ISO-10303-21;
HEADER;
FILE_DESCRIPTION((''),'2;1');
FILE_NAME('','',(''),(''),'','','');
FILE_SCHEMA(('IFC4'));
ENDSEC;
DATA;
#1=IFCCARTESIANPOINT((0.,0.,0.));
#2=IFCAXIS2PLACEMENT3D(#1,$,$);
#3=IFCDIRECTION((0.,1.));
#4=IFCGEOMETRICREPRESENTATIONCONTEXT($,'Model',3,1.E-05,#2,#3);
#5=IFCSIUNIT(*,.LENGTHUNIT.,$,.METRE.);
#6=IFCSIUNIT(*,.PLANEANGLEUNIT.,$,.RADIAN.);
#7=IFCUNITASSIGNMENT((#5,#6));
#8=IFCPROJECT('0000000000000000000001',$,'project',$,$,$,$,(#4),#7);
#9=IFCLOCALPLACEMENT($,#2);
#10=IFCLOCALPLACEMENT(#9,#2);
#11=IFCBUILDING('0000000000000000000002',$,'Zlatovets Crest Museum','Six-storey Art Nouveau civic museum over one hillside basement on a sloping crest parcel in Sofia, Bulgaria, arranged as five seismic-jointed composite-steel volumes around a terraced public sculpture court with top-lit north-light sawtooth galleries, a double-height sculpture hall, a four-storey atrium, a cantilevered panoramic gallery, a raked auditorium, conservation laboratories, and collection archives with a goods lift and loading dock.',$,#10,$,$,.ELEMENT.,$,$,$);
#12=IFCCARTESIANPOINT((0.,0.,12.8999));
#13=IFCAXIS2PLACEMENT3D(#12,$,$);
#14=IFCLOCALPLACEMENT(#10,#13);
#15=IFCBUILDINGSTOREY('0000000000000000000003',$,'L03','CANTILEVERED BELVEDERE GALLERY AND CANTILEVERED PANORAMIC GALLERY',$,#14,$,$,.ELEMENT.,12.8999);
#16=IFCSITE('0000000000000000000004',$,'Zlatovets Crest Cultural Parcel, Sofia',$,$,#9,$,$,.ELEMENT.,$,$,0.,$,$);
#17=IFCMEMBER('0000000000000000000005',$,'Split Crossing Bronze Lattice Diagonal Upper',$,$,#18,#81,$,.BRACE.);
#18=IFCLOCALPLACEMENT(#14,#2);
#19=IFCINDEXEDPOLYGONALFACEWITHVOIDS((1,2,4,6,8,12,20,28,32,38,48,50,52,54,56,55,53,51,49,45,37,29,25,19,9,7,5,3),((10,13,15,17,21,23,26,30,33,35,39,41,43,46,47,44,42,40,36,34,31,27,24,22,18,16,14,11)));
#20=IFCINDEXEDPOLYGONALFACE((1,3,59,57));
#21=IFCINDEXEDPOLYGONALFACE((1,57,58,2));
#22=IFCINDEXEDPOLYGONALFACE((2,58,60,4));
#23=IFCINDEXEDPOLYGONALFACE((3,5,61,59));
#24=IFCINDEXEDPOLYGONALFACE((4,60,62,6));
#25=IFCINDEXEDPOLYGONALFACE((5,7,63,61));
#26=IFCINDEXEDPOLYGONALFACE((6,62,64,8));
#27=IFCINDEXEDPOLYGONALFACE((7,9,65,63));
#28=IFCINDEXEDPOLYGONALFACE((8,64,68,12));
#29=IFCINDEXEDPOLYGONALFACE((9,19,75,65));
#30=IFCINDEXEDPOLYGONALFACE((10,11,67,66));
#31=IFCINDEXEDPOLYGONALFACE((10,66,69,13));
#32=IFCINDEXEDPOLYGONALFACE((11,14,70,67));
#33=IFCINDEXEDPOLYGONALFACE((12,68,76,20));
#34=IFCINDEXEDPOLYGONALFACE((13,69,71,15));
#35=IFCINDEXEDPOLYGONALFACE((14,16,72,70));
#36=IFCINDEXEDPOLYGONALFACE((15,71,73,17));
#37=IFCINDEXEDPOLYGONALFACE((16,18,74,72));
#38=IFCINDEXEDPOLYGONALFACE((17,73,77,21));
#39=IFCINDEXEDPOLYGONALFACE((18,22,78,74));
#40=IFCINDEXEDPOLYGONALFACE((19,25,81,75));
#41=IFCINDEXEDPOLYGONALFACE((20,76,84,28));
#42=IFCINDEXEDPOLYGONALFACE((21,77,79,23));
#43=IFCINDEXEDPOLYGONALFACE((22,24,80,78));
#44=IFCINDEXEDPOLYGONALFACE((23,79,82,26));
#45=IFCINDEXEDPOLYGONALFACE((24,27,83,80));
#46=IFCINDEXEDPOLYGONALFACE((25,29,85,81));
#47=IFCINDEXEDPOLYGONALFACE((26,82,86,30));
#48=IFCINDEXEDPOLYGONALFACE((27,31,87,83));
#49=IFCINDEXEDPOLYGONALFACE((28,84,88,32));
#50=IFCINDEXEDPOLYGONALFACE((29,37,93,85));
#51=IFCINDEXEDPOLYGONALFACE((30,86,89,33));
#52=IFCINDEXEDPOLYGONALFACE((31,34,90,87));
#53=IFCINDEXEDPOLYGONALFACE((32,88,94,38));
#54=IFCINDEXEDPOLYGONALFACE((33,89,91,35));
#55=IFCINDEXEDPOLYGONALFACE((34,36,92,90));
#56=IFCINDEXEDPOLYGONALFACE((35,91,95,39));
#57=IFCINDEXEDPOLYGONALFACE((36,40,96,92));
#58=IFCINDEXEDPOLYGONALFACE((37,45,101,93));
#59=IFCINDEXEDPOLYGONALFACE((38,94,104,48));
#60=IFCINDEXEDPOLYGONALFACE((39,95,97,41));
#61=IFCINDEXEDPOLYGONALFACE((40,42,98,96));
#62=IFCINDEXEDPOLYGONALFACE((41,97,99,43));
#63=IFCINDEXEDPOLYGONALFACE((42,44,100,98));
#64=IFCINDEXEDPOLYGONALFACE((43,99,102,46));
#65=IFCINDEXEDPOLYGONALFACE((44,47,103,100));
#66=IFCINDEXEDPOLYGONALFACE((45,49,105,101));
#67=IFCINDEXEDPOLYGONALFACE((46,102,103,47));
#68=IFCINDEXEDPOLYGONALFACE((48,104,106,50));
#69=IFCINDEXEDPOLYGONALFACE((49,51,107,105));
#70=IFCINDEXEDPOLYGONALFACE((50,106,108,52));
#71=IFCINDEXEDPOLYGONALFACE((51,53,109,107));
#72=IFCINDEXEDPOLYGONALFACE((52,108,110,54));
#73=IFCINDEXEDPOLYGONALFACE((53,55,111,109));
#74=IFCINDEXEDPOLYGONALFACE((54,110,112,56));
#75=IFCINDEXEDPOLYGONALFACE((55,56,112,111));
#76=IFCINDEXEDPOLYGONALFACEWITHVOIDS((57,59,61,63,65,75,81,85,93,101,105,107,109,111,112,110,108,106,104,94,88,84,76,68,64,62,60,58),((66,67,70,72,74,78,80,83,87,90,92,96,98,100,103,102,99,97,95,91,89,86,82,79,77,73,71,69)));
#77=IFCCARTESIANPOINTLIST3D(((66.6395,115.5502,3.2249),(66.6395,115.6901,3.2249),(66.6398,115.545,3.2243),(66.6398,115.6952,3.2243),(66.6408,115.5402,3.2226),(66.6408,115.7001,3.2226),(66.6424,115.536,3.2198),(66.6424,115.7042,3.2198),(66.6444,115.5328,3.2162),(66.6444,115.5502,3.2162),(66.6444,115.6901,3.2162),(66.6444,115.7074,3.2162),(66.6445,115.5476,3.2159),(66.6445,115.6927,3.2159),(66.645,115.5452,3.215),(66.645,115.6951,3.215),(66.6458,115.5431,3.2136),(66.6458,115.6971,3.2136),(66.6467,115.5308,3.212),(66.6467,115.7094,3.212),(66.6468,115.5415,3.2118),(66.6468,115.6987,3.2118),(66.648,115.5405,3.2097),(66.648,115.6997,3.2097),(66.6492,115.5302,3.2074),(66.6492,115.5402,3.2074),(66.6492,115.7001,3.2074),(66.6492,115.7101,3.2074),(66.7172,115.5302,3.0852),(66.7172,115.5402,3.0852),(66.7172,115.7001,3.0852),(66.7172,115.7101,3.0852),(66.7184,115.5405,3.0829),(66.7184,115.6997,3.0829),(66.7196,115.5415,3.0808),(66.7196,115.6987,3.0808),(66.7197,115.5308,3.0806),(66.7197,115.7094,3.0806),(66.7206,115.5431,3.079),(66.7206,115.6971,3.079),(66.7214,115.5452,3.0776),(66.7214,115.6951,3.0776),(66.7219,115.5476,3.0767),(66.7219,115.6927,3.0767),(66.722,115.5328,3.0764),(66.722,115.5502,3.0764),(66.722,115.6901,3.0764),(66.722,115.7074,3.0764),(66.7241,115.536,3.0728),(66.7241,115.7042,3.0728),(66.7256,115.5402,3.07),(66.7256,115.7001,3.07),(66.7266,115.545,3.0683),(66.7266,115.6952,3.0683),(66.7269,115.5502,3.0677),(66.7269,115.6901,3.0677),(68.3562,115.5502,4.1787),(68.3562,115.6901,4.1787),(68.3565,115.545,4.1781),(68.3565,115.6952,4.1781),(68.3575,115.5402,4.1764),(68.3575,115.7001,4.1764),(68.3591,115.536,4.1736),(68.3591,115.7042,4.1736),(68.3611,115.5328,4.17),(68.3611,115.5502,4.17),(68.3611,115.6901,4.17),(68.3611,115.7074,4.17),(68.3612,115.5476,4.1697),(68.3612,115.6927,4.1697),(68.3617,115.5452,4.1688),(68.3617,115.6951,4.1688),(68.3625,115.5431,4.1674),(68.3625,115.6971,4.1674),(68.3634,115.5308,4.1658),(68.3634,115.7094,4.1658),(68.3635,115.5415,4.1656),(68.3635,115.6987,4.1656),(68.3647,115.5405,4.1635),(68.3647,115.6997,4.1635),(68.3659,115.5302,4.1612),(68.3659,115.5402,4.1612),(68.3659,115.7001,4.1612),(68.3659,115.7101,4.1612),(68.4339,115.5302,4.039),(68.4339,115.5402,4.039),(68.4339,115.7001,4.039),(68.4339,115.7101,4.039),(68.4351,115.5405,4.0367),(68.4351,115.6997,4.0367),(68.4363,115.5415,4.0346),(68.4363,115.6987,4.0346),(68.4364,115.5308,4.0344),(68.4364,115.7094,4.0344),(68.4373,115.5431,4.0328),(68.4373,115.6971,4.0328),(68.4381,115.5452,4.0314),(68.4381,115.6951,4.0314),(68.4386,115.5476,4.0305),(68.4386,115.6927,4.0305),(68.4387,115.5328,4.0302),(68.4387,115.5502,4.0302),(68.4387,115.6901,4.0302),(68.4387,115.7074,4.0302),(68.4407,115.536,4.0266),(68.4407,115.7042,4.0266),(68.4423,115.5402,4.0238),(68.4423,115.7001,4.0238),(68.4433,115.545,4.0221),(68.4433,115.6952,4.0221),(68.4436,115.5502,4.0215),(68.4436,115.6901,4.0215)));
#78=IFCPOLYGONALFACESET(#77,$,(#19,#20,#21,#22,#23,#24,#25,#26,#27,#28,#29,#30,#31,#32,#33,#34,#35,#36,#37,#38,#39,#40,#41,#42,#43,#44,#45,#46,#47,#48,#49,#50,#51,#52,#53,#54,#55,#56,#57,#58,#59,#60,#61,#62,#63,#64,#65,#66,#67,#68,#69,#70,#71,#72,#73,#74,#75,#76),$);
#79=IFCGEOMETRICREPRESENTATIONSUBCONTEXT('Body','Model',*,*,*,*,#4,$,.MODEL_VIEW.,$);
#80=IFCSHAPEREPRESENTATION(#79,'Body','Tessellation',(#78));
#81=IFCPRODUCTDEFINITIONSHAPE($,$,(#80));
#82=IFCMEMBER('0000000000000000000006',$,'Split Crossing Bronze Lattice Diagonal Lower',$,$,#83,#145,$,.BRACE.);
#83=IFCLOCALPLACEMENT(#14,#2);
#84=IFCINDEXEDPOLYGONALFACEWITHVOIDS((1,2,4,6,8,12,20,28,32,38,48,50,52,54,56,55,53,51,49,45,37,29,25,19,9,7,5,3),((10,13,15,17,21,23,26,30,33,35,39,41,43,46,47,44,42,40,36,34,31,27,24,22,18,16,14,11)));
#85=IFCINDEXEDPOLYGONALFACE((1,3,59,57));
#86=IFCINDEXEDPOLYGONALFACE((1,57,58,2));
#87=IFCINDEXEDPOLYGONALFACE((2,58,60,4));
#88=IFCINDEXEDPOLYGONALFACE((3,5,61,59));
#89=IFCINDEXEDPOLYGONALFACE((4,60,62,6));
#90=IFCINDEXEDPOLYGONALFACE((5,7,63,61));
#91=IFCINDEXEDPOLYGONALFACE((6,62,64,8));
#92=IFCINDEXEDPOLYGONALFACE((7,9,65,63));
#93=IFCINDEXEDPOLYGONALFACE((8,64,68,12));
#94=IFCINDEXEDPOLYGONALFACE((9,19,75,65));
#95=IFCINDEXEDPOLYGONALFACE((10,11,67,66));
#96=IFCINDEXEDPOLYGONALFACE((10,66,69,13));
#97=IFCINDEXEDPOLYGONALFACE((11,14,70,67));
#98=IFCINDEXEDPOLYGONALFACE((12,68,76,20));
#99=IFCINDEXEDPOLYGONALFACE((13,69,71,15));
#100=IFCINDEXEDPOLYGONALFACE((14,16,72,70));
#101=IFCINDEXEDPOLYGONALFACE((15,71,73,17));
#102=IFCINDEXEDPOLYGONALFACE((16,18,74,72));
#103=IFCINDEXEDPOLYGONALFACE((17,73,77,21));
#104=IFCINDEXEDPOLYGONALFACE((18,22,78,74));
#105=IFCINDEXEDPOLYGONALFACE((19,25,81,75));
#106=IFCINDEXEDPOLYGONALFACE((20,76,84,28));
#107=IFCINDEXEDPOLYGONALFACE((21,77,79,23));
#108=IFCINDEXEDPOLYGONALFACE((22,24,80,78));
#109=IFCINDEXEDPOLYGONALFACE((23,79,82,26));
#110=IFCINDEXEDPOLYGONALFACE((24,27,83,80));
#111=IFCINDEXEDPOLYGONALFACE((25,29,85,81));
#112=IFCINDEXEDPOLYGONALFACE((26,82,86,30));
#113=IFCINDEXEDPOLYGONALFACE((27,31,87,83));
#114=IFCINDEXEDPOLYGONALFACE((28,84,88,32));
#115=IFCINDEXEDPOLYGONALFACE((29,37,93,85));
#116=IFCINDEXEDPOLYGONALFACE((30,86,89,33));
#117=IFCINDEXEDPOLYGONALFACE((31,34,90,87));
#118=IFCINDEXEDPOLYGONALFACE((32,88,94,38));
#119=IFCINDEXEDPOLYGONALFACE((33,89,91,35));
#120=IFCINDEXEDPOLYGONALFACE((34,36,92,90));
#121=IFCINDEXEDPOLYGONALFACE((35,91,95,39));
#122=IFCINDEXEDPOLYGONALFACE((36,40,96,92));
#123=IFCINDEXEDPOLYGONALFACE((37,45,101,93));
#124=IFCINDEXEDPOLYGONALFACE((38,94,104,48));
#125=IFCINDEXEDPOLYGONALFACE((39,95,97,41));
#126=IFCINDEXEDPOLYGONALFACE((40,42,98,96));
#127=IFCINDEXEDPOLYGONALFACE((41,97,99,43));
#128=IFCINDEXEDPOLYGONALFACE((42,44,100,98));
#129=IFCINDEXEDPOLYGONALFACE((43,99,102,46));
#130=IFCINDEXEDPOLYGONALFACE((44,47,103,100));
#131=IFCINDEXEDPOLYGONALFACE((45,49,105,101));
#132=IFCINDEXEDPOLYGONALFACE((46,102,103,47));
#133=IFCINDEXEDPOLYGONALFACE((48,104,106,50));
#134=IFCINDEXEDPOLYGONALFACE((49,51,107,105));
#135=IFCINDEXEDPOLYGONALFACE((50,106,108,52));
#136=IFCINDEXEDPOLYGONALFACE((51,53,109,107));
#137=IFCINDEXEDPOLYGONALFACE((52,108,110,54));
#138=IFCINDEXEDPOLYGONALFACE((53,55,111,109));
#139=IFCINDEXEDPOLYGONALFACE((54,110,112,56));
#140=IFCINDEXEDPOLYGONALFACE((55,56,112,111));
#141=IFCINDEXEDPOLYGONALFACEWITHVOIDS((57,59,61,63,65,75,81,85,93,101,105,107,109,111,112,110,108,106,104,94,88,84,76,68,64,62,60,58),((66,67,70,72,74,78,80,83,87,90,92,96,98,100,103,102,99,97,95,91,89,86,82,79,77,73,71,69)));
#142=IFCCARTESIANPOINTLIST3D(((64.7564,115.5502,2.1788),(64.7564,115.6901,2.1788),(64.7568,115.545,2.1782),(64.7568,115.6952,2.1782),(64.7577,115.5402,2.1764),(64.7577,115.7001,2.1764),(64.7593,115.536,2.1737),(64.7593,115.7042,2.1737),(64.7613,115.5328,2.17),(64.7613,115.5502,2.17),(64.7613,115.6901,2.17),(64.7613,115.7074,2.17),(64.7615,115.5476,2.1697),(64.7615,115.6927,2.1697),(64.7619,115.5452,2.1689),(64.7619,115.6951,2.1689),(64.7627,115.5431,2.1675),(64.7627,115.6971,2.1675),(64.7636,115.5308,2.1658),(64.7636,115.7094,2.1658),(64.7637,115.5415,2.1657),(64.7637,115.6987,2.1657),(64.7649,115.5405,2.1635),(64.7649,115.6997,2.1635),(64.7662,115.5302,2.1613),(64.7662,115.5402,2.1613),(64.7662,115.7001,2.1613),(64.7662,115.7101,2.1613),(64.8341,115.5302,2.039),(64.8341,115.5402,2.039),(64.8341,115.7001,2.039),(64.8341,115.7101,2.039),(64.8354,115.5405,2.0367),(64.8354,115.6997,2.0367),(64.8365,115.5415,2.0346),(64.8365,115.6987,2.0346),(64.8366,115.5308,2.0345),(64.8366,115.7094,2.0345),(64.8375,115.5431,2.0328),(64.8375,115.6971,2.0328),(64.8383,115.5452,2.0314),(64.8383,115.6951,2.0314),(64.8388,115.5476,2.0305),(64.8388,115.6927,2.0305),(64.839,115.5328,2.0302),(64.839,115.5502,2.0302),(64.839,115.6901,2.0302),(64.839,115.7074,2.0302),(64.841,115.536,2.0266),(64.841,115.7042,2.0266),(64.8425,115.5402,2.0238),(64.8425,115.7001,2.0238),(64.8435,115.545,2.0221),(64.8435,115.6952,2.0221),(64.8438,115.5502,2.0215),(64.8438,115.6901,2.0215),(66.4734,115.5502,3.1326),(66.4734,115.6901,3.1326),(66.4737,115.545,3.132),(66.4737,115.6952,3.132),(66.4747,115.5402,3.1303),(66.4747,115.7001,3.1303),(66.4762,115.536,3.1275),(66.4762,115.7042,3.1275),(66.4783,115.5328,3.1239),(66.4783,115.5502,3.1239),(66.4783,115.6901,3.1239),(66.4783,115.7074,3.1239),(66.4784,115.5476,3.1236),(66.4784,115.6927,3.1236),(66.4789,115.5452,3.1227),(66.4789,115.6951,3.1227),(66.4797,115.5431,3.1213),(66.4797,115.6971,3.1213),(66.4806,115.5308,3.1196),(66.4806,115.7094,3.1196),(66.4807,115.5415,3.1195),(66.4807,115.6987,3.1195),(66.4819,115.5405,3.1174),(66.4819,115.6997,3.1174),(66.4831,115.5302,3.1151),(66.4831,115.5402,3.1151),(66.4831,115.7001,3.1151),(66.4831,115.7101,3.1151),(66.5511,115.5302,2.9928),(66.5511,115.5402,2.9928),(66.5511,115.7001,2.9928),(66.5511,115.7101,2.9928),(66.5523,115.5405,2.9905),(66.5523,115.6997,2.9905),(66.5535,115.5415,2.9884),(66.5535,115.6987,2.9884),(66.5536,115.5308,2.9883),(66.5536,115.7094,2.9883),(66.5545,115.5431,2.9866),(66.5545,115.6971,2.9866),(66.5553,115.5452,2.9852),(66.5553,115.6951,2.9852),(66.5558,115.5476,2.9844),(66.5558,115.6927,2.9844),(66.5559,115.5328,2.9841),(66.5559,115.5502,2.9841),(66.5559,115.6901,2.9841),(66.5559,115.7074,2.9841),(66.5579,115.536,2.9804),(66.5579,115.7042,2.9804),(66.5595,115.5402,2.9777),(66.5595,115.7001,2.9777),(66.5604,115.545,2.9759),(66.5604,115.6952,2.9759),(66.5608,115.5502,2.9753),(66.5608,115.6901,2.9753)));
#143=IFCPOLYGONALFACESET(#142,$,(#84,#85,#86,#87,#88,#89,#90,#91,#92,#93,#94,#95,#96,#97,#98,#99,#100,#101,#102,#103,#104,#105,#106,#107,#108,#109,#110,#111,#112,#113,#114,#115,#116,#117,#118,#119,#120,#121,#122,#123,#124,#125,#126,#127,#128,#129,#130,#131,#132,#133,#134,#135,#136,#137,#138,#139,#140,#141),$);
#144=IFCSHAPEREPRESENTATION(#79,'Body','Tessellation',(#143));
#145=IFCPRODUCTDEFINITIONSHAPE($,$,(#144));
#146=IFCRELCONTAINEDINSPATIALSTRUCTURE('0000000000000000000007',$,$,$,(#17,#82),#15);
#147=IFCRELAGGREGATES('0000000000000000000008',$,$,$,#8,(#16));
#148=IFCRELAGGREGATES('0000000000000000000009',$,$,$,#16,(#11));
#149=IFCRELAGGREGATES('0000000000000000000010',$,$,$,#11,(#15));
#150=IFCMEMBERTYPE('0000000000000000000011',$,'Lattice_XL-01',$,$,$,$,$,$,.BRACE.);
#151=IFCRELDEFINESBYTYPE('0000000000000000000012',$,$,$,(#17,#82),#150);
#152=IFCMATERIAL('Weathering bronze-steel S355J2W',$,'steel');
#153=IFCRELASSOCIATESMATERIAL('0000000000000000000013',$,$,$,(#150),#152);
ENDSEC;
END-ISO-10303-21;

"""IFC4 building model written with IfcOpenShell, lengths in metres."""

from ifc_helpers import new_model, si_unit, direction, frame, origin, origin_2d, place, context, subcontext, project, spatial, hollow_rectangle, extrude, material, material_profile, profile_set, type_object, element, save


model = new_model("IFC4")

# Units and contexts
model_context = context("Model", 3, precision=1e-05, world=origin(), true_north=direction((0.0, 1.0)))
body_context = subcontext(model_context, "Body", "Model", "MODEL_VIEW")
ifc_project = project(units=[si_unit("LENGTHUNIT", "METRE"), si_unit("PLANEANGLEUNIT", "RADIAN")], contexts=[model_context])

# Site, building, storey
site_placement = place(None, origin())
site = spatial("IfcSite", under=ifc_project, at=site_placement, Name="Zlatovets Crest Cultural Parcel, Sofia", CompositionType="ELEMENT", RefElevation=0.0)
building_placement = place(site_placement, origin())
building = spatial("IfcBuilding", under=site, at=building_placement, Name="Zlatovets Crest Museum", Description="Six-storey Art Nouveau civic museum over one hillside basement on a sloping crest parcel in Sofia, Bulgaria, arranged as five seismic-jointed composite-steel volumes around a terraced public sculpture court with top-lit north-light sawtooth galleries, a double-height sculpture hall, a four-storey atrium, a cantilevered panoramic gallery, a raked auditorium, conservation laboratories, and collection archives with a goods lift and loading dock.", CompositionType="ELEMENT")
storey_placement = place(building_placement, frame((0.0, 0.0, 12.8999)))
storey = spatial("IfcBuildingStorey", under=building, at=storey_placement, Name="L03", Description="CANTILEVERED BELVEDERE GALLERY AND CANTILEVERED PANORAMIC GALLERY", CompositionType="ELEMENT", Elevation=12.8999)

# Members
ifc_material_1 = material(Name="Weathering bronze-steel S355J2W", Category="steel")
ifc_material_profile_1 = material_profile(ifc_material_1, hollow_rectangle(XDim=0.1799, YDim=0.1799, WallThickness=0.01, InnerFilletRadius=0.01, OuterFilletRadius=0.02, at=origin_2d()), Name="SHS 180x180x10.0")
ifc_profile_set_1 = profile_set([ifc_material_profile_1], Name="Weathering bronze-steel S355J2W")
member_type_1 = type_object("IfcMemberType", Name="Lattice_XL-01", PredefinedType="BRACE", material=ifc_profile_set_1)
member_1_placement = place(storey_placement, frame((68.3999, 115.6201, 4.1001), z_axis=(-0.87414, 0.0, -0.485675), x_axis=(0.0, -1.0, 0.0)))
element("IfcMember", 1, at=member_1_placement, inside=storey, type_object=member_type_1, Name="Split Crossing Bronze Lattice Diagonal Upper", PredefinedType="BRACE", context=body_context, shape_type="SweptSolid", body=[
    extrude(hollow_rectangle(XDim=0.1799, YDim=0.1799, WallThickness=0.01, InnerFilletRadius=0.01, OuterFilletRadius=0.02, at=origin_2d()), origin(), (0.0, 0.0, 1.0), 1.9639),
])
member_2_placement = place(storey_placement, frame((66.5171, 115.6201, 3.054), z_axis=(-0.874169, 0.0, -0.485622), x_axis=(0.0, -1.0, 0.0)))
element("IfcMember", 2, at=member_2_placement, inside=storey, type_object=member_type_1, Name="Split Crossing Bronze Lattice Diagonal Lower", PredefinedType="BRACE", context=body_context, shape_type="SweptSolid", body=[
    extrude(hollow_rectangle(XDim=0.1799, YDim=0.1799, WallThickness=0.01, InnerFilletRadius=0.01, OuterFilletRadius=0.02, at=origin_2d()), origin(), (0.0, 0.0, 1.0), 1.9641),
])

save(model, "model.ifc")
